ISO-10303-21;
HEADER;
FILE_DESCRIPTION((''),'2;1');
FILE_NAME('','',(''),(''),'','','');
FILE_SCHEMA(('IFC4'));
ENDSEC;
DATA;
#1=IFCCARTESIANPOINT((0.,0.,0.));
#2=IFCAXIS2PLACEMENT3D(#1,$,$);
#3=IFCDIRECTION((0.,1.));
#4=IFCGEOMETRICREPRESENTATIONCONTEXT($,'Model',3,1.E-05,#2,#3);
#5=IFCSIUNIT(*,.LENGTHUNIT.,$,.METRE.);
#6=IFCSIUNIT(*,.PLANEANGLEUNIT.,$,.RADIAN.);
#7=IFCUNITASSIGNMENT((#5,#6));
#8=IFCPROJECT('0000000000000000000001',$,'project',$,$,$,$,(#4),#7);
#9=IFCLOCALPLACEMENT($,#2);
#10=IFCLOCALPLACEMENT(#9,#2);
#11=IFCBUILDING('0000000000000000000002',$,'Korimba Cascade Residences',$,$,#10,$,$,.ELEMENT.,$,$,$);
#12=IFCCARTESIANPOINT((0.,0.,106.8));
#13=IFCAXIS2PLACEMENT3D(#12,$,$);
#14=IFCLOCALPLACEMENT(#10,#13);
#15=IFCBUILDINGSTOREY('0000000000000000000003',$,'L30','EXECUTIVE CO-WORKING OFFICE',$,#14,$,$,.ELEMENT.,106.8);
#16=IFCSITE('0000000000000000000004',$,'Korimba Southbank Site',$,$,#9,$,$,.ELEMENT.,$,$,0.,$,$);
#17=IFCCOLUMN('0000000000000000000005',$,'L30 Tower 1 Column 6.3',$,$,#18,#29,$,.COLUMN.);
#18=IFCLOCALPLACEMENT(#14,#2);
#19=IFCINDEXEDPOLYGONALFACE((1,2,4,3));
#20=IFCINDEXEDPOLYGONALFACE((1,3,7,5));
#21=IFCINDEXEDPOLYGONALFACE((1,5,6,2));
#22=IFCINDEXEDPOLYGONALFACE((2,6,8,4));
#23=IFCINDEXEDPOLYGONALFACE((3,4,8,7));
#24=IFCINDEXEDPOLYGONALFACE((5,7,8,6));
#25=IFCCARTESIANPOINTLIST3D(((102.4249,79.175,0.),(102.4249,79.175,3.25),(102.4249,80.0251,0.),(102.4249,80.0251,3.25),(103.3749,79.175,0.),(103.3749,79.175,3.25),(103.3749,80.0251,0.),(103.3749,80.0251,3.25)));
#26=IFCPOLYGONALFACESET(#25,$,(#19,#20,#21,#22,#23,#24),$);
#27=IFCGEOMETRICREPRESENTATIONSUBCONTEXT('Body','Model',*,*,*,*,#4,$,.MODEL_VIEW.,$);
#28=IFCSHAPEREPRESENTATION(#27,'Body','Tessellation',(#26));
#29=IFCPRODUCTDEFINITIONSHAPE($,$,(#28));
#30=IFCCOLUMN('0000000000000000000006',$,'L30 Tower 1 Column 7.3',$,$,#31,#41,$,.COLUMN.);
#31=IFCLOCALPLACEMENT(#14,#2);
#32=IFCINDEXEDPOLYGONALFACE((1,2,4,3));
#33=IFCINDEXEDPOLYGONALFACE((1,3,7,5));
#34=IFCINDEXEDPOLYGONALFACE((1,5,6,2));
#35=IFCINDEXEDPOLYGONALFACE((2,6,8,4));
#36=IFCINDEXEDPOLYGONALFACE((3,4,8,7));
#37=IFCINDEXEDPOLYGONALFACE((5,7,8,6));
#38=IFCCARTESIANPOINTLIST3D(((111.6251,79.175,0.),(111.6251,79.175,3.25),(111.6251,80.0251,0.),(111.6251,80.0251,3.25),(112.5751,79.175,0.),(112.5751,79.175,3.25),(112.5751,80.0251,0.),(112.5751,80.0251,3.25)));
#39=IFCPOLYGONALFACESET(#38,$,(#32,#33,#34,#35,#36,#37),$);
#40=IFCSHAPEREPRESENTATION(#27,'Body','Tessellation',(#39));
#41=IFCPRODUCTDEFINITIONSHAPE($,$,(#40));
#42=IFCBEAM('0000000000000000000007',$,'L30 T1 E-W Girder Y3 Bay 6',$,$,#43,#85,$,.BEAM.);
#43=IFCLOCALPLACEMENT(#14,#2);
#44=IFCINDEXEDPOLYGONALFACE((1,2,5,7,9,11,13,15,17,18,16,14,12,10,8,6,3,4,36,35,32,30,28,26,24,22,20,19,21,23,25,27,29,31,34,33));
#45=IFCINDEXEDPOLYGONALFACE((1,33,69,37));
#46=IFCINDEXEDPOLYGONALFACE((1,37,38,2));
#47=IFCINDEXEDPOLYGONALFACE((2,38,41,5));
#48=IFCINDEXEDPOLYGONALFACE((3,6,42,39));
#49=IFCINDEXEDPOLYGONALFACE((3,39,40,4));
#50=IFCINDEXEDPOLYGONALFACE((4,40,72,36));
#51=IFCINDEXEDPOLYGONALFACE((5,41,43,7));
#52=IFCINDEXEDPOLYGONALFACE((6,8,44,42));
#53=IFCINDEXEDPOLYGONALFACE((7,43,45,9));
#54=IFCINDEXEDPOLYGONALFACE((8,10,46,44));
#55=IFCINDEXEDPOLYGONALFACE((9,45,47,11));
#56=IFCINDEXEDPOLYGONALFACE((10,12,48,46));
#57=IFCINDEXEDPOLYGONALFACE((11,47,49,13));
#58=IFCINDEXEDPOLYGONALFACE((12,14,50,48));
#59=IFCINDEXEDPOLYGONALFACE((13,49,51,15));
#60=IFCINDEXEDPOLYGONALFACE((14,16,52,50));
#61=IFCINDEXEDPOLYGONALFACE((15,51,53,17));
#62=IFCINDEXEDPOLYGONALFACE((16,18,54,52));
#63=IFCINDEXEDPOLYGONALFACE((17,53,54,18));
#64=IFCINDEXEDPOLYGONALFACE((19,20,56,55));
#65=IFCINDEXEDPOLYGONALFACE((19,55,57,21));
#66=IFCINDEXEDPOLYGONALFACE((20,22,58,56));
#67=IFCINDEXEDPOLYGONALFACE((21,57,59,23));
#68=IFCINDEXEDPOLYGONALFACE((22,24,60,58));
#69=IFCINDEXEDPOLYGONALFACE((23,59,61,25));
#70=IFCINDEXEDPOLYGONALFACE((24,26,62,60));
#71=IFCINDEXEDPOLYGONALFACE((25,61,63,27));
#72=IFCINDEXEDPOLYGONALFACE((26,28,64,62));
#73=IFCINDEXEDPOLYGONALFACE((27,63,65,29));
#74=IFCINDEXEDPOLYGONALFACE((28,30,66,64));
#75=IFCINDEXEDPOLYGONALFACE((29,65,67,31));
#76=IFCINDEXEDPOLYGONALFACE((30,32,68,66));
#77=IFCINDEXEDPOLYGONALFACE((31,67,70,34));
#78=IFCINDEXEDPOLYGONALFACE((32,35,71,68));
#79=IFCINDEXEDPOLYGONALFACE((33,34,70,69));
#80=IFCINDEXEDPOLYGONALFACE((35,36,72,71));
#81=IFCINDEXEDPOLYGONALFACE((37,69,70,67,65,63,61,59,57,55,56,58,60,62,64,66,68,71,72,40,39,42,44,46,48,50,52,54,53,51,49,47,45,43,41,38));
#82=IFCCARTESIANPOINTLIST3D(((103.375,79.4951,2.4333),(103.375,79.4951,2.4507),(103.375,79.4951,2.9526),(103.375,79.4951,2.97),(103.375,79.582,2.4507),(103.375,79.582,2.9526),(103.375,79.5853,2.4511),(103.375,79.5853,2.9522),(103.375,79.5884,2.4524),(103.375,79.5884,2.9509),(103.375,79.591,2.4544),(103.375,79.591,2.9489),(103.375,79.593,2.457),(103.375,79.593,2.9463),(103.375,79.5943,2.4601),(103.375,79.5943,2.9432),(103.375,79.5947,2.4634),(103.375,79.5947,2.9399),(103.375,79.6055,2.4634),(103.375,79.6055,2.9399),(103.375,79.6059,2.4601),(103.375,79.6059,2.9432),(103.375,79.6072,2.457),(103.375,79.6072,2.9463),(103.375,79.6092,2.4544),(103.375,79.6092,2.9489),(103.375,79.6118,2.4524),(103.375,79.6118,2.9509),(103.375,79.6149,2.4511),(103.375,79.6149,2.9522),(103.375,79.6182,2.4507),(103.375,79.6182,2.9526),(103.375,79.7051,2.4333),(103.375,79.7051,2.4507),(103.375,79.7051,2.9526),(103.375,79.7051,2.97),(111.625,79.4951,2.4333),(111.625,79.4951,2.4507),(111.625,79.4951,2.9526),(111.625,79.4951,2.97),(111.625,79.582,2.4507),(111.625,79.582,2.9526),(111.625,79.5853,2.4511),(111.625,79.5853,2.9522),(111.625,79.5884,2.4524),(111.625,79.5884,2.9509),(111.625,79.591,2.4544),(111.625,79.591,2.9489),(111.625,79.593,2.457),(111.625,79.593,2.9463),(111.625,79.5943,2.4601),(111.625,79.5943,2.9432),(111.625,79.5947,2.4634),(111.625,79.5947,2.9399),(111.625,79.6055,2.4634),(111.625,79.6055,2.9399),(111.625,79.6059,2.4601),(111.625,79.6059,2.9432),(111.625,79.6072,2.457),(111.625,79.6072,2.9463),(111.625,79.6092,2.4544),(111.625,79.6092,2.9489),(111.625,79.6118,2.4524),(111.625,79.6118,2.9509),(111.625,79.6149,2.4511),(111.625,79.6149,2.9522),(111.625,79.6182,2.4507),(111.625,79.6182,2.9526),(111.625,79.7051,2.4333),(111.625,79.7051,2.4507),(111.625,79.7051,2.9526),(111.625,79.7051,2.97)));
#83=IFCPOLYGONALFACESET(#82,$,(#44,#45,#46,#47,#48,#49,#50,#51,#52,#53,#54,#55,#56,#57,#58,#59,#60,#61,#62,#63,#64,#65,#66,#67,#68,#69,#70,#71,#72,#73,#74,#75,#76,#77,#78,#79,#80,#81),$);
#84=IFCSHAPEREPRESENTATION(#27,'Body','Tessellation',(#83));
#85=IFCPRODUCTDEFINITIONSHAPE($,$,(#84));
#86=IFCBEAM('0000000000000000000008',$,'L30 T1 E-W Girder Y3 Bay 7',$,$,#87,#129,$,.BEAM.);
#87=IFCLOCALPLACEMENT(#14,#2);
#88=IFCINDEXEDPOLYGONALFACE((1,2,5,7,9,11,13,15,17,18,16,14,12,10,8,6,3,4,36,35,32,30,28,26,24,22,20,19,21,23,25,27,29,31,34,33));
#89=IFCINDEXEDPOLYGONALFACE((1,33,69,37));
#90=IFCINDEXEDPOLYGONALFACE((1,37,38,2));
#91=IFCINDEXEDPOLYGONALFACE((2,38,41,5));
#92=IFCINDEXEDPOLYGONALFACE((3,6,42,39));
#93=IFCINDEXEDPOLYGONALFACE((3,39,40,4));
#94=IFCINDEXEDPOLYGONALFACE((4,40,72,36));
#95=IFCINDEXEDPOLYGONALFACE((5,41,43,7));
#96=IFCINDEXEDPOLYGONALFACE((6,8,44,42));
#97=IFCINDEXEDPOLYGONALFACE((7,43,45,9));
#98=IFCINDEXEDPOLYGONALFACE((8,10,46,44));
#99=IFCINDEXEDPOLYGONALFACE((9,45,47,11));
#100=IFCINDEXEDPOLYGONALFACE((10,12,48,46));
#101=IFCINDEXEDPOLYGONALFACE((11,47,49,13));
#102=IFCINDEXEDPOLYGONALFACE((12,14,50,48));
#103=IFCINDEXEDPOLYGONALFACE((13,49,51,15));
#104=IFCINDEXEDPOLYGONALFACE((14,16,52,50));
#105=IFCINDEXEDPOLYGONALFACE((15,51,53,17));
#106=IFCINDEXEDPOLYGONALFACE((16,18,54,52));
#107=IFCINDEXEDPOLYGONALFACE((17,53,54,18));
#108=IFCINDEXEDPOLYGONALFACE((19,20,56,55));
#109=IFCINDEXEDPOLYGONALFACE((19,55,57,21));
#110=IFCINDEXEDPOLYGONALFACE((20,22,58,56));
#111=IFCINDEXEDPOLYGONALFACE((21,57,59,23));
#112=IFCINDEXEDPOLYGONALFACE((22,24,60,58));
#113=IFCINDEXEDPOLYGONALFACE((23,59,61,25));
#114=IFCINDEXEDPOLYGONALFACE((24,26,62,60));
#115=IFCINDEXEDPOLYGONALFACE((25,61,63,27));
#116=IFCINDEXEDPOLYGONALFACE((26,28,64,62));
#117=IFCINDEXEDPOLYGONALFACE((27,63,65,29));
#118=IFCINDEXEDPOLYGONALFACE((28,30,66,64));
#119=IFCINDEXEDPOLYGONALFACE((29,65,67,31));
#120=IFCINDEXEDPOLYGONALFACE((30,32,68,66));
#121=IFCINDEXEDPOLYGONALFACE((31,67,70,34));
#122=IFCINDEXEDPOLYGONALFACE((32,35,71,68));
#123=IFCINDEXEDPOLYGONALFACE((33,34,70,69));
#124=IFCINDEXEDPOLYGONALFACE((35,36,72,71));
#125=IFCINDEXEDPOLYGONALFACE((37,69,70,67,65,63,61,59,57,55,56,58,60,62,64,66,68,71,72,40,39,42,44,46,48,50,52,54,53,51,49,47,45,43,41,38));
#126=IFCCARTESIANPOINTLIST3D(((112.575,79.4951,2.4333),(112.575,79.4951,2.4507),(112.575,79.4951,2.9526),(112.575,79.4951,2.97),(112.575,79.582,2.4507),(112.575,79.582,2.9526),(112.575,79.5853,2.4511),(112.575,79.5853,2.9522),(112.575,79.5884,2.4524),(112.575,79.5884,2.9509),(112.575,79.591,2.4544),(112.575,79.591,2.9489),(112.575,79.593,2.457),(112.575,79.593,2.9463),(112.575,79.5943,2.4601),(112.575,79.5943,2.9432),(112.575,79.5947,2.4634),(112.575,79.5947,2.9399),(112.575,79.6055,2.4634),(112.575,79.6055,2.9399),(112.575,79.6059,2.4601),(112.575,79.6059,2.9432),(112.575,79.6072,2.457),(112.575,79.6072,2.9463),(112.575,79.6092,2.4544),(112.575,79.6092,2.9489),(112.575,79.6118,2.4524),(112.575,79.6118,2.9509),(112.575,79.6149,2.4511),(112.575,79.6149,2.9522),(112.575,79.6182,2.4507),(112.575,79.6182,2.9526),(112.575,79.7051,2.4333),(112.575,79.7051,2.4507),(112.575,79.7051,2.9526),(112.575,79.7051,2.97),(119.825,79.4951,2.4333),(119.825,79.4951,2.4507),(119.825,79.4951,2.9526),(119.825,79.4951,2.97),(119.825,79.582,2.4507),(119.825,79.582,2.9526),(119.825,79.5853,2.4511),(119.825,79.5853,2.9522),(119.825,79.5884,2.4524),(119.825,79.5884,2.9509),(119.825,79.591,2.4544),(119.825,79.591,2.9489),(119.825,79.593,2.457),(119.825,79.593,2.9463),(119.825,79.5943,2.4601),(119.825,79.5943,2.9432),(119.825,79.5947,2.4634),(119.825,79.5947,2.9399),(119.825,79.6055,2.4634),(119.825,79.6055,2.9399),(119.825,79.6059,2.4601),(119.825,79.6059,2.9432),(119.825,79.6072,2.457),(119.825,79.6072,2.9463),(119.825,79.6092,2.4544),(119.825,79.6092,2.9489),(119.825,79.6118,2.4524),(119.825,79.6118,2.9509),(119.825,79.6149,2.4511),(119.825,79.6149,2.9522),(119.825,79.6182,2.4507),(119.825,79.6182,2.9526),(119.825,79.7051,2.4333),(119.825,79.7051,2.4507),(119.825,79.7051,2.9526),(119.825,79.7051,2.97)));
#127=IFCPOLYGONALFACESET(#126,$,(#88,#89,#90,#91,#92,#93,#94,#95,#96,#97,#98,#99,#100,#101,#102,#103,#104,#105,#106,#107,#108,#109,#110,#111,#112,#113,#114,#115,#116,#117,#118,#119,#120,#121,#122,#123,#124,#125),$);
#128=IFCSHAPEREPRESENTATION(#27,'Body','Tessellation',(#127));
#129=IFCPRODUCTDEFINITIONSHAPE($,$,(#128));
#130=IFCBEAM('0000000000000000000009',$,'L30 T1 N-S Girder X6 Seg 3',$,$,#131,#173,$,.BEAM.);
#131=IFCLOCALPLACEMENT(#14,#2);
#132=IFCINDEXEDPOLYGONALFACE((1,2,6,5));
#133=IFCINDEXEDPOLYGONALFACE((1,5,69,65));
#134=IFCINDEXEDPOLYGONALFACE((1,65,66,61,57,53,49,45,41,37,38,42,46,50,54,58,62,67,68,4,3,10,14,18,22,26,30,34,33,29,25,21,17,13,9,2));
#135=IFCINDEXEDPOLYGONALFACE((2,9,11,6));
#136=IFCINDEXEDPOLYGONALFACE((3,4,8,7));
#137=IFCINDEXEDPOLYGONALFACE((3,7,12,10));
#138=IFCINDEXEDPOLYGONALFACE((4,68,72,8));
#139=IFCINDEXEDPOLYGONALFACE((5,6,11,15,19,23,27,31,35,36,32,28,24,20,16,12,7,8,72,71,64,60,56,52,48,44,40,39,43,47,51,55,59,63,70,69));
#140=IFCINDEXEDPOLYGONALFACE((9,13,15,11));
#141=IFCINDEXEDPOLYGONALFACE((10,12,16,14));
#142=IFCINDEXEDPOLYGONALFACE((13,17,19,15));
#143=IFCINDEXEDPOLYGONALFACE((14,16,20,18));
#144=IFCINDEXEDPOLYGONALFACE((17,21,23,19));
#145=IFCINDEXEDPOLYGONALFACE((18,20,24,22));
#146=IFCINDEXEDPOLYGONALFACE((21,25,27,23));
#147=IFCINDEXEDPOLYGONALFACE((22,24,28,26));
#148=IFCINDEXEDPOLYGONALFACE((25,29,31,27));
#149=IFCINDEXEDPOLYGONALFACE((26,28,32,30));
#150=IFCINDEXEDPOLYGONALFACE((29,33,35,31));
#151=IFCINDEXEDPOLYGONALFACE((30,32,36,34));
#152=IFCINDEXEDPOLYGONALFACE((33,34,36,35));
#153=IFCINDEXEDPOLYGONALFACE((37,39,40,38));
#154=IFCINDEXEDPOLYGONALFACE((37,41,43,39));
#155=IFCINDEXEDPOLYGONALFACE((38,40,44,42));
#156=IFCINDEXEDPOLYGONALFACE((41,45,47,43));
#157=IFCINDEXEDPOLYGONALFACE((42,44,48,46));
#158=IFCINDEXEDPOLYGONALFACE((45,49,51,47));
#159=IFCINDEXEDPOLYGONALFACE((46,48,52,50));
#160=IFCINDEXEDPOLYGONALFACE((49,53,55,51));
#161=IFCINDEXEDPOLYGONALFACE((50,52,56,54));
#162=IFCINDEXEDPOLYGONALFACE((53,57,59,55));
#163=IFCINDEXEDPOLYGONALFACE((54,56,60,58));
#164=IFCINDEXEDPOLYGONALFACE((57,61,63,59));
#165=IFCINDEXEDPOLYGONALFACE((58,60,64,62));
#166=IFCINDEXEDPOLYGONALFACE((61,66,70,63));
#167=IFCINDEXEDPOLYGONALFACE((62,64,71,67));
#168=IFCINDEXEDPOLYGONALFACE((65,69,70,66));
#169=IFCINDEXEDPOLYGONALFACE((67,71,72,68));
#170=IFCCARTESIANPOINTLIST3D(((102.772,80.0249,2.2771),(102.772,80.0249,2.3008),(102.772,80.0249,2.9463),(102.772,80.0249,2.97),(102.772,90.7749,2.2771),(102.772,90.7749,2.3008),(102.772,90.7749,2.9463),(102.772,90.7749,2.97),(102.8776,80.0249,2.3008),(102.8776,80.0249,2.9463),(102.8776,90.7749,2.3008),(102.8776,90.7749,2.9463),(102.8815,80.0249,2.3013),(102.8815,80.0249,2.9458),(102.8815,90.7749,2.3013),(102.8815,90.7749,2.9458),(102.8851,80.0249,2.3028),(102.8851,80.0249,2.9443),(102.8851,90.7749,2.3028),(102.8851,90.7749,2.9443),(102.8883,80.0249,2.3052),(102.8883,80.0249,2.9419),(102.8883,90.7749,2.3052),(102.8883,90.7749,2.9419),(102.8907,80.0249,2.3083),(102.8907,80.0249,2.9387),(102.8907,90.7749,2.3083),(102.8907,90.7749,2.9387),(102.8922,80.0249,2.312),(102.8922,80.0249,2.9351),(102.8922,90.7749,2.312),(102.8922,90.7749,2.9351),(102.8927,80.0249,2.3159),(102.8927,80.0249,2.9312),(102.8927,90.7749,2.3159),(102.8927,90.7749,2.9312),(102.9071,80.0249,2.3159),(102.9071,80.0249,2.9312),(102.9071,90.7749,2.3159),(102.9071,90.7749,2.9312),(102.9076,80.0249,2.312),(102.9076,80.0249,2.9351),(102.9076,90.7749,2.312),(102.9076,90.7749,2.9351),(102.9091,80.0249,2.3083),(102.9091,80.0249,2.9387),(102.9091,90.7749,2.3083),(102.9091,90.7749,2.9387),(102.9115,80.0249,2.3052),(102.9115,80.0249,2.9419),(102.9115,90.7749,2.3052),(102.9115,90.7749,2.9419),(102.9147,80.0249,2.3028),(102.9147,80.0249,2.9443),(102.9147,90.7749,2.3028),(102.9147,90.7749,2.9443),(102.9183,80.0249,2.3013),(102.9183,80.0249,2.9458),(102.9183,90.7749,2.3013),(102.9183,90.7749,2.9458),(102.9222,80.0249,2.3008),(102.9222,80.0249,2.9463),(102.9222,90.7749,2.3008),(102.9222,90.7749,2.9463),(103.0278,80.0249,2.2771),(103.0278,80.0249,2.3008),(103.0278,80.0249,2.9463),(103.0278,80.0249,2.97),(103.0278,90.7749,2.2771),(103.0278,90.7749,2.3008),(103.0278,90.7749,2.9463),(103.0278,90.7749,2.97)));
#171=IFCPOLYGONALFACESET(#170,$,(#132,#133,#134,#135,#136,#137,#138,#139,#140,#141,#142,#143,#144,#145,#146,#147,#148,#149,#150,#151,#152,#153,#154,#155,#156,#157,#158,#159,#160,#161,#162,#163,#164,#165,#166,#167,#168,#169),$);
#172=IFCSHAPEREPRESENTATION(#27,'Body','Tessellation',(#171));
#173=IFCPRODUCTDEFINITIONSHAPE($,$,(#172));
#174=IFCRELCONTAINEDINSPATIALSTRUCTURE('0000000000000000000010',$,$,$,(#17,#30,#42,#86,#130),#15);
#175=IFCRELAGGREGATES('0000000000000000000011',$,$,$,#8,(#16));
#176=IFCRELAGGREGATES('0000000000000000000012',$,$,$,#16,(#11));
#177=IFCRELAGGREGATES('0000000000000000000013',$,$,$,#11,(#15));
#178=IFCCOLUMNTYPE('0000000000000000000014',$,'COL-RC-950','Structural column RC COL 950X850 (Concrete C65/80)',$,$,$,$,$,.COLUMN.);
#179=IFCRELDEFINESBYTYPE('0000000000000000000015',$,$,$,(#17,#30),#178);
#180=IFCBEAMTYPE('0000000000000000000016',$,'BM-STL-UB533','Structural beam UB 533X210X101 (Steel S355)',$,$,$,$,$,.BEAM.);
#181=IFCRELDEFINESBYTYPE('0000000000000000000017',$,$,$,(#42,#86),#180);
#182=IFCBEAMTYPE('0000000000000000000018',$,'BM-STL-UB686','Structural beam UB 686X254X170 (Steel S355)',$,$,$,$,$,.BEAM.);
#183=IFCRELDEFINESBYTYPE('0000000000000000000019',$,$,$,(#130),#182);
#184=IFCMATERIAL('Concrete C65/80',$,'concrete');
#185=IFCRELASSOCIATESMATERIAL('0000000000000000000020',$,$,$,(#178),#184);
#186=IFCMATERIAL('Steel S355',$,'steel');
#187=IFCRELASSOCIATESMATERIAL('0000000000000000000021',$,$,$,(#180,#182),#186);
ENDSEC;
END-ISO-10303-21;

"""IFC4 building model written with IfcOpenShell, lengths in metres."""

from ifc_helpers import new_model, si_unit, direction, frame, origin, origin_2d, place, context, subcontext, project, spatial, rectangle, i_section, extrude, material, material_profile, profile_set, type_object, element, save


model = new_model("IFC4")

# Units and contexts
model_context = context("Model", 3, precision=1e-05, world=origin(), true_north=direction((0.0, 1.0)))
body_context = subcontext(model_context, "Body", "Model", "MODEL_VIEW")
ifc_project = project(units=[si_unit("LENGTHUNIT", "METRE"), si_unit("PLANEANGLEUNIT", "RADIAN")], contexts=[model_context])

# Site, building, storey
site_placement = place(None, origin())
site = spatial("IfcSite", under=ifc_project, at=site_placement, Name="Korimba Southbank Site", CompositionType="ELEMENT", RefElevation=0.0)
building_placement = place(site_placement, origin())
building = spatial("IfcBuilding", under=site, at=building_placement, Name="Korimba Cascade Residences", CompositionType="ELEMENT")
storey_placement = place(building_placement, frame((0.0, 0.0, 106.8)))
storey = spatial("IfcBuildingStorey", under=building, at=storey_placement, Name="L30", Description="EXECUTIVE CO-WORKING OFFICE", CompositionType="ELEMENT", Elevation=106.8)

# Columns
ifc_material_1 = material(Name="Concrete C65/80", Category="concrete")
ifc_material_profile_1 = material_profile(ifc_material_1, rectangle(XDim=0.95, YDim=0.8501, at=origin_2d()), Name="Concrete C65/80")
ifc_profile_set_1 = profile_set([ifc_material_profile_1], Name="Concrete C65/80")
column_type = type_object("IfcColumnType", Name="COL-RC-950", Description="Structural column RC COL 950X850 (Concrete C65/80)", PredefinedType="COLUMN", material=ifc_profile_set_1)
for number, where, z_axis, x_axis, name in (
    (1, (102.8999, 79.6001, 0.0), (0.0, 0.0, 1.0), (1.0, 0.0, 0.0), "L30 Tower 1 Column 6.3"),
    (2, (112.1001, 79.6001, 0.0), (0.0, 0.0, 1.0), (1.0, 0.0, 0.0), "L30 Tower 1 Column 7.3"),
):
    element("IfcColumn", number, at=place(storey_placement, frame(where, z_axis=z_axis, x_axis=x_axis)), inside=storey, type_object=column_type, Name=name, PredefinedType="COLUMN", context=body_context, shape_type="SweptSolid", body=[
        extrude(rectangle(XDim=0.95, YDim=0.8501, at=origin_2d()), origin(), (0.0, 0.0, 1.0), 3.25),
    ])

# Beams
ifc_material_2 = material(Name="Steel S355", Category="steel")
ifc_material_profile_2 = material_profile(ifc_material_2, i_section(OverallWidth=0.21, OverallDepth=0.5366, WebThickness=0.0107, FlangeThickness=0.0173, FilletRadius=0.0127, at=origin_2d()), Name="Steel S355")
ifc_profile_set_2 = profile_set([ifc_material_profile_2], Name="Steel S355")
beam_type_1 = type_object("IfcBeamType", Name="BM-STL-UB533", Description="Structural beam UB 533X210X101 (Steel S355)", PredefinedType="BEAM", material=ifc_profile_set_2)
beam_1_placement = place(storey_placement, frame((103.375, 79.6001, 2.7017), z_axis=(1.0, 0.0, 0.0), x_axis=(0.0, 1.0, 0.0)))
element("IfcBeam", 3, at=beam_1_placement, inside=storey, type_object=beam_type_1, Name="L30 T1 E-W Girder Y3 Bay 6", PredefinedType="BEAM", context=body_context, shape_type="SweptSolid", body=[
    extrude(i_section(OverallWidth=0.21, OverallDepth=0.5366, WebThickness=0.0107, FlangeThickness=0.0173, FilletRadius=0.0127, at=origin_2d()), origin(), (0.0, 0.0, 1.0), 8.25),
])
beam_2_placement = place(storey_placement, frame((112.575, 79.6001, 2.7017), z_axis=(1.0, 0.0, 0.0), x_axis=(0.0, 1.0, 0.0)))
element("IfcBeam", 4, at=beam_2_placement, inside=storey, type_object=beam_type_1, Name="L30 T1 E-W Girder Y3 Bay 7", PredefinedType="BEAM", context=body_context, shape_type="SweptSolid", body=[
    extrude(i_section(OverallWidth=0.21, OverallDepth=0.5366, WebThickness=0.0107, FlangeThickness=0.0173, FilletRadius=0.0127, at=origin_2d()), origin(), (0.0, 0.0, 1.0), 7.25),
])
ifc_material_profile_3 = material_profile(ifc_material_2, i_section(OverallWidth=0.2559, OverallDepth=0.6929, WebThickness=0.0144, FlangeThickness=0.0237, FilletRadius=0.0151, at=origin_2d()), Name="Steel S355")
ifc_profile_set_3 = profile_set([ifc_material_profile_3], Name="Steel S355")
beam_type_2 = type_object("IfcBeamType", Name="BM-STL-UB686", Description="Structural beam UB 686X254X170 (Steel S355)", PredefinedType="BEAM", material=ifc_profile_set_3)
beam_3_placement = place(storey_placement, frame((102.8999, 80.0249, 2.6235), z_axis=(0.0, 1.0, 0.0), x_axis=(-1.0, 0.0, 0.0)))
element("IfcBeam", 5, at=beam_3_placement, inside=storey, type_object=beam_type_2, Name="L30 T1 N-S Girder X6 Seg 3", PredefinedType="BEAM", context=body_context, shape_type="SweptSolid", body=[
    extrude(i_section(OverallWidth=0.2559, OverallDepth=0.6929, WebThickness=0.0144, FlangeThickness=0.0237, FilletRadius=0.0151, at=origin_2d()), origin(), (0.0, 0.0, 1.0), 10.75),
])

save(model, "model.ifc")
